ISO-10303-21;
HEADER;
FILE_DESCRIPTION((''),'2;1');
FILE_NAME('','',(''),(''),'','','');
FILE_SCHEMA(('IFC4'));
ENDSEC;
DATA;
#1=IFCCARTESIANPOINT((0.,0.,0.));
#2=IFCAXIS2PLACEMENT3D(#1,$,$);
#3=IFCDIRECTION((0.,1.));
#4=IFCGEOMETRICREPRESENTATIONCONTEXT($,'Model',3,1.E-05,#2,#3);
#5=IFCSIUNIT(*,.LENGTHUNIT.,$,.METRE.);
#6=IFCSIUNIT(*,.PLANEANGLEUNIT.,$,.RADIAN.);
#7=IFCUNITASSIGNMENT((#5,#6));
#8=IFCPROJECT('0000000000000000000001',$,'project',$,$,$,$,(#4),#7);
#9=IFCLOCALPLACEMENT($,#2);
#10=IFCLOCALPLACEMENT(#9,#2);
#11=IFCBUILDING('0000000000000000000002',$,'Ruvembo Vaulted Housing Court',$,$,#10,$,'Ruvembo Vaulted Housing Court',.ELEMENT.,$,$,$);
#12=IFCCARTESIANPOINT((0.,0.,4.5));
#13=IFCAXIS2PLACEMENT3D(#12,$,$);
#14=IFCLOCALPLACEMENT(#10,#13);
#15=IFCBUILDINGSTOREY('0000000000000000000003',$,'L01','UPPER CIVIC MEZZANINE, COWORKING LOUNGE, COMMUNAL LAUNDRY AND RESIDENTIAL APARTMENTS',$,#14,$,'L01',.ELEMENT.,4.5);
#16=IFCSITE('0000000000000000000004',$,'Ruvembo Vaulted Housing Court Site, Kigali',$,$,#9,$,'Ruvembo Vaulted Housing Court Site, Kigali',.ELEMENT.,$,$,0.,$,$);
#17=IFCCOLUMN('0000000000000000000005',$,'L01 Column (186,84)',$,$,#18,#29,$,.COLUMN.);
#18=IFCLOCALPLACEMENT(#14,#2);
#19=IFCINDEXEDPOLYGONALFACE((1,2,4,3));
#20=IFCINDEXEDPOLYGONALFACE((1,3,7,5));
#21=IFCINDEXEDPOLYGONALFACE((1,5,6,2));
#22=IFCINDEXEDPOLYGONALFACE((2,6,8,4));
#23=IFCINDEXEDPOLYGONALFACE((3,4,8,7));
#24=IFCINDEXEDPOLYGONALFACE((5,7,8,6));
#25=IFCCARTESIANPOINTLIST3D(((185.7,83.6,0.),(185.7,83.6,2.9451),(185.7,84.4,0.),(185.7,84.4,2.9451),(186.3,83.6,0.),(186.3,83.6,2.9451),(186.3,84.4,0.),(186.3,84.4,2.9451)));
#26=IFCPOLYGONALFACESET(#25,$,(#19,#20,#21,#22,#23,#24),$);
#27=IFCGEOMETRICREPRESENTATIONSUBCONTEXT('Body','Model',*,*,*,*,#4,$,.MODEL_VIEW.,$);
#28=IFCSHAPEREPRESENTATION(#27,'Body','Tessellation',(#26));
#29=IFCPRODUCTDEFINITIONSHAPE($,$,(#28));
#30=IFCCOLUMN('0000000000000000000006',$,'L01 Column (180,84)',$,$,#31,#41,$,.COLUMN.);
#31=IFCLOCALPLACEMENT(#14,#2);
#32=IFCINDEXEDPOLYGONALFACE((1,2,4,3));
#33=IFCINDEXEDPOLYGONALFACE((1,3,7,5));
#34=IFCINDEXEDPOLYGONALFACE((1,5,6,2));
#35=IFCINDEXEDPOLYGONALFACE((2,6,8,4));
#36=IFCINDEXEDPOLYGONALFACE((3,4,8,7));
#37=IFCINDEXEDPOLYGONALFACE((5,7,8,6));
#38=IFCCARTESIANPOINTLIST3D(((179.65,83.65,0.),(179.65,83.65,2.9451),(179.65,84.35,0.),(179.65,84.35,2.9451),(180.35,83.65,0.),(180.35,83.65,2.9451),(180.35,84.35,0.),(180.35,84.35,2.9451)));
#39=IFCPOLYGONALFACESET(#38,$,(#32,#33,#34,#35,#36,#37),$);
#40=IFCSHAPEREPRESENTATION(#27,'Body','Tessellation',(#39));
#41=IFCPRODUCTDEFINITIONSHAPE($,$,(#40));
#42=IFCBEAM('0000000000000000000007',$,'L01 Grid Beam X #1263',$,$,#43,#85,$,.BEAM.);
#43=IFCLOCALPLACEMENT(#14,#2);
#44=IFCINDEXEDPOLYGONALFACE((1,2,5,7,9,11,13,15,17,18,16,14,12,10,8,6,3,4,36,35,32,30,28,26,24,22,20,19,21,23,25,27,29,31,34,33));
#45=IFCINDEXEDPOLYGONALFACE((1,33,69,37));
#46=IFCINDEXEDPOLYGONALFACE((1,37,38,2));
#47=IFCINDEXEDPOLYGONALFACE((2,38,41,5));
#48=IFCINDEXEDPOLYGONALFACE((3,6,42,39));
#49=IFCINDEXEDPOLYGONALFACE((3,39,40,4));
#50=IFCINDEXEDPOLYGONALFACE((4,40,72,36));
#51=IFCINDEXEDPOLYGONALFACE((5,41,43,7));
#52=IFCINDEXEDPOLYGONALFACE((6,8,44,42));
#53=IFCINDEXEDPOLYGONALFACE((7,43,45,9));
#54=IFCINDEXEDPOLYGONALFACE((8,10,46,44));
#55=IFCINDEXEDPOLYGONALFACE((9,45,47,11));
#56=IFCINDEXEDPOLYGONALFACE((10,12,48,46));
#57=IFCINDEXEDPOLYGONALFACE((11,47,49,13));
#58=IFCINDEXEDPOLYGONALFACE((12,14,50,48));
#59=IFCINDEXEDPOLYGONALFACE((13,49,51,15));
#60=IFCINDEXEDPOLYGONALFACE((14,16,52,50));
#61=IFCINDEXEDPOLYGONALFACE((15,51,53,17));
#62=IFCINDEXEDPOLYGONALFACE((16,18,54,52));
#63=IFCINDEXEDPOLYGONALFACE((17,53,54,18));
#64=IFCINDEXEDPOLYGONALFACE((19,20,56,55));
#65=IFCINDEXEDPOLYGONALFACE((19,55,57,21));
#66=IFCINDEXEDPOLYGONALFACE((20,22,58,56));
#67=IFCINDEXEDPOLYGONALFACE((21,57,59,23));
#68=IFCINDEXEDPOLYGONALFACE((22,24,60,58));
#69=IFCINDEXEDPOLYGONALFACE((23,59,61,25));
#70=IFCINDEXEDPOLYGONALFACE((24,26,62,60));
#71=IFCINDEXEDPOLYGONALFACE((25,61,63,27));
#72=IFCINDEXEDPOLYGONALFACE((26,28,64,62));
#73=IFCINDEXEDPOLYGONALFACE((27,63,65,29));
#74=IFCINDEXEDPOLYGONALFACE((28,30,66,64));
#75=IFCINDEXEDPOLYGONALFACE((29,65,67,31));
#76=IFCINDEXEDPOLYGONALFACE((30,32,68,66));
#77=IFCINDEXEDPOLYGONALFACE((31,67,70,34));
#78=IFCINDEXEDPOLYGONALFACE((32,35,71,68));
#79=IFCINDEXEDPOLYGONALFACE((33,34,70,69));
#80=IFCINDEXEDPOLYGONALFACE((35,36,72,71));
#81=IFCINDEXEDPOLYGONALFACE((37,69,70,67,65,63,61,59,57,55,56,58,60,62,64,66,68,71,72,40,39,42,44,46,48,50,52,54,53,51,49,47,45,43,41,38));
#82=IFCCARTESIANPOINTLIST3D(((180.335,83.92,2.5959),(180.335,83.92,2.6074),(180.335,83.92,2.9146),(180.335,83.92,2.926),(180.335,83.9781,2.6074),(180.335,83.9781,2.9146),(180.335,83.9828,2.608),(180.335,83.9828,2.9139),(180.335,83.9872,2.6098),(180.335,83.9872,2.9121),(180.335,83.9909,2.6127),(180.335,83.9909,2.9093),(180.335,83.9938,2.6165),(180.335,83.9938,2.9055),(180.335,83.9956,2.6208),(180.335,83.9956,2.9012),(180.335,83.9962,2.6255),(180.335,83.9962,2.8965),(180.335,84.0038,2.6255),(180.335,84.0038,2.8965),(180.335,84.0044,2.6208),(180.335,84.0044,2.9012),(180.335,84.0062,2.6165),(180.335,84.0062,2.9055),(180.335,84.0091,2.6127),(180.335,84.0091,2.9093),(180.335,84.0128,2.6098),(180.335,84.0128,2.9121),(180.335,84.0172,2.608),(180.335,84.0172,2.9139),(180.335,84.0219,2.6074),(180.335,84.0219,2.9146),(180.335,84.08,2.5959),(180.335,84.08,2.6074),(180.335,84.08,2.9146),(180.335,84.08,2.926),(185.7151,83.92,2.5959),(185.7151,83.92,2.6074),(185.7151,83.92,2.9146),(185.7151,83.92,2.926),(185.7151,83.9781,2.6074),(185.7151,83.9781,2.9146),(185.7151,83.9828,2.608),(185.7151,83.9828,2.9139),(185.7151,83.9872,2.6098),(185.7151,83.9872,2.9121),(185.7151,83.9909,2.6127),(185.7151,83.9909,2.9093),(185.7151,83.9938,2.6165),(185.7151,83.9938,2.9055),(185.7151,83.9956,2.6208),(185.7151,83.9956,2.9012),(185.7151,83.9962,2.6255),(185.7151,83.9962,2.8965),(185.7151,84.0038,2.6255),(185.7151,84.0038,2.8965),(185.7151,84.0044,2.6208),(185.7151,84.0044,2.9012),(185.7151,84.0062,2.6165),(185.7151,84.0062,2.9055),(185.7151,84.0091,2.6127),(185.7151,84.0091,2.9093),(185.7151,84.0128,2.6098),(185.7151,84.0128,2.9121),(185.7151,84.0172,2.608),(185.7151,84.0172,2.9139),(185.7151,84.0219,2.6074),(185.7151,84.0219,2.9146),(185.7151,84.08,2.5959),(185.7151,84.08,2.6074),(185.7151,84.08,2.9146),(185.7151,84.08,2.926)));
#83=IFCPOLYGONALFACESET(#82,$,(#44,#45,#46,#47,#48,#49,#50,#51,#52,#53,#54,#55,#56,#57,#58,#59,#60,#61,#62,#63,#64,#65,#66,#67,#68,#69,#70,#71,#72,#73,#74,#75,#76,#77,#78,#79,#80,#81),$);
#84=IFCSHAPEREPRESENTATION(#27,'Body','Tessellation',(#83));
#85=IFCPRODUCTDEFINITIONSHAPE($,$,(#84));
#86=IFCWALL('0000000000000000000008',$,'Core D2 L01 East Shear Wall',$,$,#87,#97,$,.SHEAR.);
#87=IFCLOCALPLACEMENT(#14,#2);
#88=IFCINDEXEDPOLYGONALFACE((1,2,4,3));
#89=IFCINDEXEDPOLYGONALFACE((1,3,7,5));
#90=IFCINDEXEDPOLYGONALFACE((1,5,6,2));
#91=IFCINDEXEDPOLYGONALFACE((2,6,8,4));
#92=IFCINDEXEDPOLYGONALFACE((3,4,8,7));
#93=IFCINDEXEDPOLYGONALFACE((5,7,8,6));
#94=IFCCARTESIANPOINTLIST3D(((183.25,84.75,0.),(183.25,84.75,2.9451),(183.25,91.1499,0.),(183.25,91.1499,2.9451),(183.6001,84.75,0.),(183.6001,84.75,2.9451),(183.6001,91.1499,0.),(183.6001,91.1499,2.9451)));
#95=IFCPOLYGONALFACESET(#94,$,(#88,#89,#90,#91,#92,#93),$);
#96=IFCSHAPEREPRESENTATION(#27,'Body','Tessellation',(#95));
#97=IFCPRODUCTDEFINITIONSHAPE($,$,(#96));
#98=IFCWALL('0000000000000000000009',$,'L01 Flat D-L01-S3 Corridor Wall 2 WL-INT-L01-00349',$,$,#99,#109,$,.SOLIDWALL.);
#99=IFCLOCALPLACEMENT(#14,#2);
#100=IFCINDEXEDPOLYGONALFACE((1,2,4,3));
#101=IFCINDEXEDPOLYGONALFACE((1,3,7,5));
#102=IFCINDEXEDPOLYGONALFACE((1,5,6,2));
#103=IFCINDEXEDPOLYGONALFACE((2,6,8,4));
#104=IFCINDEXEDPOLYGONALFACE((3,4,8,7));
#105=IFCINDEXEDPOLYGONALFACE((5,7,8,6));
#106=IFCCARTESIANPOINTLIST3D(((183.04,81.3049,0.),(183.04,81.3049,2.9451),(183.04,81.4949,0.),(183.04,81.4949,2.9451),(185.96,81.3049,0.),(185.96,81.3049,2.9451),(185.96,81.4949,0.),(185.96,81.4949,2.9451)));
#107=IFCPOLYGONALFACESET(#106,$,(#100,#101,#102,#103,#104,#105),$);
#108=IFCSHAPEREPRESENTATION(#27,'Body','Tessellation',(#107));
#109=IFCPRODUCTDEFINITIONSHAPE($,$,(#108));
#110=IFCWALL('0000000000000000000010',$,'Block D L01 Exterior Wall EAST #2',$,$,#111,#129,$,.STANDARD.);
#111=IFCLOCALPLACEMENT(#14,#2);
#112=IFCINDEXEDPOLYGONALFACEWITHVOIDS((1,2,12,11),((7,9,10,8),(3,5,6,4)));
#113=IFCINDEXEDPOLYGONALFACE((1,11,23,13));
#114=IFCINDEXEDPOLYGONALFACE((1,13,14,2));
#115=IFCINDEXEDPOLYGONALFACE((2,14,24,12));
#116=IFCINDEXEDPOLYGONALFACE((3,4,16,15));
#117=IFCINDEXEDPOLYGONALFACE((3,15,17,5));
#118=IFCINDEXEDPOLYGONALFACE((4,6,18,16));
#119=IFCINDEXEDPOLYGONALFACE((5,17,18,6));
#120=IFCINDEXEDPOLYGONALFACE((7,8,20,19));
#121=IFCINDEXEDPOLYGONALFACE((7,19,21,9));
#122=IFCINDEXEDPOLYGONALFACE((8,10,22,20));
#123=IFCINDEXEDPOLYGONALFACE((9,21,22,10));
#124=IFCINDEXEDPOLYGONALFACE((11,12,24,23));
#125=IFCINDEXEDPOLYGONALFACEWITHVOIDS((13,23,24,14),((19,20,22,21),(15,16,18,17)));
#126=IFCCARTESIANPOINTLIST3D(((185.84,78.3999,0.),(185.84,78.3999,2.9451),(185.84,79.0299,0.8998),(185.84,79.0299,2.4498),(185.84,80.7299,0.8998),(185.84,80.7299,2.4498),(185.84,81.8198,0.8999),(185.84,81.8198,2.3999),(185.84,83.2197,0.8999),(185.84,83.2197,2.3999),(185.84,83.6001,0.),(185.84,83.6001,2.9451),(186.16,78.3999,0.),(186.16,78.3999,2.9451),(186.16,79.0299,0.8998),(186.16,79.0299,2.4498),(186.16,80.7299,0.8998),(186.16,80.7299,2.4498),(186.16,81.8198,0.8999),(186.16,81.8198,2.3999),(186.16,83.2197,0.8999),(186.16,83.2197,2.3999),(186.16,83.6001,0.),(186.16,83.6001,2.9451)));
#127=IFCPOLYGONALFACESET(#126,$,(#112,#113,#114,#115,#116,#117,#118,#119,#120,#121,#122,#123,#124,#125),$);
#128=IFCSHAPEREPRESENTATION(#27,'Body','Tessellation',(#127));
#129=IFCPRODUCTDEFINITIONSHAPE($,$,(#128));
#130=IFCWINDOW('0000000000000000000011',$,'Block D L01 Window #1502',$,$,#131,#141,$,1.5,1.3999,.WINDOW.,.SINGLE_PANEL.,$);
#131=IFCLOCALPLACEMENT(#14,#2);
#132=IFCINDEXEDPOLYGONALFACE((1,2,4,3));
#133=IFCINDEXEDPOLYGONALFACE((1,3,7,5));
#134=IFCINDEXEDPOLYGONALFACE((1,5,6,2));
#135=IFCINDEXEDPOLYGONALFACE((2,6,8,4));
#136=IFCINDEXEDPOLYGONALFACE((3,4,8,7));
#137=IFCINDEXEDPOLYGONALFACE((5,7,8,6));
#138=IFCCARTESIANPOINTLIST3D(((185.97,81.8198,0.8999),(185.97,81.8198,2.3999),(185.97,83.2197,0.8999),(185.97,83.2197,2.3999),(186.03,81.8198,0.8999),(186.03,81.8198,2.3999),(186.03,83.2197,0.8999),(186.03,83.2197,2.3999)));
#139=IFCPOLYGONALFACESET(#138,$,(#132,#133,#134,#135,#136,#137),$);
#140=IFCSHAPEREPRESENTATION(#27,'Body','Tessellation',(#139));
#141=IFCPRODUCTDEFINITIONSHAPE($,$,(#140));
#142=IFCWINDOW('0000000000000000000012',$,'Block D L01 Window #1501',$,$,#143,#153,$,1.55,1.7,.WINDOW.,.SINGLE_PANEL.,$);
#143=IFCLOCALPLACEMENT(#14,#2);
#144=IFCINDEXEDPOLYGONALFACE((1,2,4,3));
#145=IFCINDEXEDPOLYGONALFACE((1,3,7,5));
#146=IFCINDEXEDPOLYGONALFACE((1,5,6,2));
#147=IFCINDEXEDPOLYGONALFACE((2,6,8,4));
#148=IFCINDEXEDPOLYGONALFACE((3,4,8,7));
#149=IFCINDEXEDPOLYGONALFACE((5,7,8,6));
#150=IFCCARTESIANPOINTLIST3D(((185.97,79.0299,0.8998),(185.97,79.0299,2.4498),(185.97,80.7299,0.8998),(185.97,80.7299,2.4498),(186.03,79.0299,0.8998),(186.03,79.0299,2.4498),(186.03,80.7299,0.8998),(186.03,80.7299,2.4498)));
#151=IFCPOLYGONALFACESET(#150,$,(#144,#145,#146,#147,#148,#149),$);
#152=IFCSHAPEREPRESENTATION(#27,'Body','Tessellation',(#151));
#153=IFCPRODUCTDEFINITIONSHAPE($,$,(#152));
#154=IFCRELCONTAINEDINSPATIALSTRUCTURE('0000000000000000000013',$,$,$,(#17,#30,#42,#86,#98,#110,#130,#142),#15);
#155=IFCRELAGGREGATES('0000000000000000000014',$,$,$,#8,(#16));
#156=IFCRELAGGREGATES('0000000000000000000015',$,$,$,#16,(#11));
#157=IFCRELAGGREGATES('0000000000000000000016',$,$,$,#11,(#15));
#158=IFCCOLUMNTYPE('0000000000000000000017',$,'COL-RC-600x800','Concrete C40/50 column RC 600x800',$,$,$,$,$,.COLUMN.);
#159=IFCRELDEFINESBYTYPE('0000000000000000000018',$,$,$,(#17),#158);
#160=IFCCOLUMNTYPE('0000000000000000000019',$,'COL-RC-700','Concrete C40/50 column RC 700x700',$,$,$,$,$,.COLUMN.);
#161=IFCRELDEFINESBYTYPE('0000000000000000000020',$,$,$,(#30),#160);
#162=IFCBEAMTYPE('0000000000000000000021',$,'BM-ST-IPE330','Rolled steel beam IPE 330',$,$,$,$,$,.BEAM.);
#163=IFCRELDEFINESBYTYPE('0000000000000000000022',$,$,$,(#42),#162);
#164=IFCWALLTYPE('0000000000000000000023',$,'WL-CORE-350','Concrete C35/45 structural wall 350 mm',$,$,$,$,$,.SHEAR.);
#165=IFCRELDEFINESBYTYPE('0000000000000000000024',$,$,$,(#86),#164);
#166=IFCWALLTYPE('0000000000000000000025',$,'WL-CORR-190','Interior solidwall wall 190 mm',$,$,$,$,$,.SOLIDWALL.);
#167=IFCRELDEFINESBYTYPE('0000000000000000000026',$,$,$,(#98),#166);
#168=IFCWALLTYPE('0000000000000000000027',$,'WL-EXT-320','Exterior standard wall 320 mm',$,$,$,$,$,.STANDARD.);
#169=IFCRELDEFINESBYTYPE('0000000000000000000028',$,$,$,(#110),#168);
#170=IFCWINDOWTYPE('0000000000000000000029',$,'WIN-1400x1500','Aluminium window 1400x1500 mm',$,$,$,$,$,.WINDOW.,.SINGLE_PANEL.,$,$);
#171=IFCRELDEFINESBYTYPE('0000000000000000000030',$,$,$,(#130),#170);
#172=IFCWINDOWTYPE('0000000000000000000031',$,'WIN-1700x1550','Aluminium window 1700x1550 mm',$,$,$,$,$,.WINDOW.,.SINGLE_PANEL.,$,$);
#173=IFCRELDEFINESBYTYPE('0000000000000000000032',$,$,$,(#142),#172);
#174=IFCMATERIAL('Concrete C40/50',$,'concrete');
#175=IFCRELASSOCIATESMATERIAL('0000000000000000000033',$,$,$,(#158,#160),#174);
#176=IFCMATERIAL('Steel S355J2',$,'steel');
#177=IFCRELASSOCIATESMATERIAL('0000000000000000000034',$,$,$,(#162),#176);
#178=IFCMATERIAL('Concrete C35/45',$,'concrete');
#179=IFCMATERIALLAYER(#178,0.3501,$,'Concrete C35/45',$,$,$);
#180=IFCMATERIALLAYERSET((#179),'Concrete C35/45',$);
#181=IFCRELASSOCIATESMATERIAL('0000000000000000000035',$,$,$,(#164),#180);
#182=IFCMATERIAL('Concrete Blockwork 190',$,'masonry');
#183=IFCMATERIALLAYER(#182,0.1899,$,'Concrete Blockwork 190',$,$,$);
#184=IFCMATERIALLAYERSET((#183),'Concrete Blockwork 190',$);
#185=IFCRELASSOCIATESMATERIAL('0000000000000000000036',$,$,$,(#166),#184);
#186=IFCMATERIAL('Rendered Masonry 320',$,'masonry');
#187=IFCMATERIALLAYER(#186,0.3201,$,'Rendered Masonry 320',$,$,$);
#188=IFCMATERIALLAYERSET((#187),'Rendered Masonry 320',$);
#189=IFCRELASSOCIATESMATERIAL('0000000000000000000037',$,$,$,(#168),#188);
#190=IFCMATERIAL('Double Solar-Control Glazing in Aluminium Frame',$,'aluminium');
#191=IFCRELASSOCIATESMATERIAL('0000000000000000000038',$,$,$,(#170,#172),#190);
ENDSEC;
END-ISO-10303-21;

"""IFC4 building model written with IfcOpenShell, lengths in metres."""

from ifc_helpers import new_model, si_unit, direction, frame, frame_2d, origin, origin_2d, place, context, subcontext, project, spatial, rectangle, i_section, extrude, material, layer, layer_set, material_profile, profile_set, type_object, element, fill, save


model = new_model("IFC4")

# Units and contexts
model_context = context("Model", 3, precision=1e-05, world=origin(), true_north=direction((0.0, 1.0)))
body_context = subcontext(model_context, "Body", "Model", "MODEL_VIEW")
ifc_project = project(units=[si_unit("LENGTHUNIT", "METRE"), si_unit("PLANEANGLEUNIT", "RADIAN")], contexts=[model_context])

# Site, building, storey
site_placement = place(None, origin())
site = spatial("IfcSite", under=ifc_project, at=site_placement, Name="Ruvembo Vaulted Housing Court Site, Kigali", LongName="Ruvembo Vaulted Housing Court Site, Kigali", CompositionType="ELEMENT", RefElevation=0.0)
building_placement = place(site_placement, origin())
building = spatial("IfcBuilding", under=site, at=building_placement, Name="Ruvembo Vaulted Housing Court", LongName="Ruvembo Vaulted Housing Court", CompositionType="ELEMENT")
storey_placement = place(building_placement, frame((0.0, 0.0, 4.5)))
storey = spatial("IfcBuildingStorey", under=building, at=storey_placement, Name="L01", Description="UPPER CIVIC MEZZANINE, COWORKING LOUNGE, COMMUNAL LAUNDRY AND RESIDENTIAL APARTMENTS", LongName="L01", CompositionType="ELEMENT", Elevation=4.5)

# Columns
ifc_material_1 = material(Name="Concrete C40/50", Category="concrete")
ifc_material_profile_1 = material_profile(ifc_material_1, rectangle(XDim=0.6001, YDim=0.8, at=origin_2d()), Name="RC 600x800")
ifc_profile_set_1 = profile_set([ifc_material_profile_1], Name="Concrete C40/50")
column_type_1 = type_object("IfcColumnType", Name="COL-RC-600x800", Description="Concrete C40/50 column RC 600x800", PredefinedType="COLUMN", material=ifc_profile_set_1)
column_1_placement = place(storey_placement, frame((186.0, 84.0, 0.0), z_axis=(0.0, 0.0, 1.0), x_axis=(1.0, 0.0, 0.0)))
element("IfcColumn", 1, at=column_1_placement, inside=storey, type_object=column_type_1, Name="L01 Column (186,84)", PredefinedType="COLUMN", context=body_context, shape_type="SweptSolid", body=[
    extrude(rectangle(XDim=0.6001, YDim=0.8, at=origin_2d()), origin(), (0.0, 0.0, 1.0), 2.9451),
])
ifc_material_profile_2 = material_profile(ifc_material_1, rectangle(XDim=0.7, YDim=0.7, at=origin_2d()), Name="RC 700x700")
ifc_profile_set_2 = profile_set([ifc_material_profile_2], Name="Concrete C40/50")
column_type_2 = type_object("IfcColumnType", Name="COL-RC-700", Description="Concrete C40/50 column RC 700x700", PredefinedType="COLUMN", material=ifc_profile_set_2)
column_2_placement = place(storey_placement, frame((180.0, 84.0, 0.0), z_axis=(0.0, 0.0, 1.0), x_axis=(1.0, 0.0, 0.0)))
element("IfcColumn", 2, at=column_2_placement, inside=storey, type_object=column_type_2, Name="L01 Column (180,84)", PredefinedType="COLUMN", context=body_context, shape_type="SweptSolid", body=[
    extrude(rectangle(XDim=0.7, YDim=0.7, at=origin_2d()), origin(), (0.0, 0.0, 1.0), 2.9451),
])

# Beam
ifc_material_2 = material(Name="Steel S355J2", Category="steel")
ifc_material_profile_3 = material_profile(ifc_material_2, i_section(OverallWidth=0.1599, OverallDepth=0.3301, WebThickness=0.0076, FlangeThickness=0.0115, FilletRadius=0.0181, at=origin_2d()), Name="IPE 330")
ifc_profile_set_3 = profile_set([ifc_material_profile_3], Name="Steel S355J2")
beam_type = type_object("IfcBeamType", Name="BM-ST-IPE330", Description="Rolled steel beam IPE 330", PredefinedType="BEAM", material=ifc_profile_set_3)
beam_placement = place(storey_placement, frame((180.335, 84.0, 2.761), z_axis=(1.0, 0.0, 0.0), x_axis=(0.0, 1.0, 0.0)))
element("IfcBeam", 3, at=beam_placement, inside=storey, type_object=beam_type, Name="L01 Grid Beam X #1263", PredefinedType="BEAM", context=body_context, shape_type="SweptSolid", body=[
    extrude(i_section(OverallWidth=0.1599, OverallDepth=0.3301, WebThickness=0.0076, FlangeThickness=0.0115, FilletRadius=0.0181, at=origin_2d()), origin(), (0.0, 0.0, 1.0), 5.3801),
])

# Shared definitions
ifc_material_3 = material(Name="Concrete C35/45", Category="concrete")

# Wall
ifc_layer_1 = layer(ifc_material_3, 0.3501, Name="Concrete C35/45")
ifc_layer_set_1 = layer_set([ifc_layer_1], Name="Concrete C35/45")
wall_type_1 = type_object("IfcWallType", Name="WL-CORE-350", Description="Concrete C35/45 structural wall 350 mm", PredefinedType="SHEAR", material=ifc_layer_set_1)
wall_1_placement = place(storey_placement, frame((183.425, 84.75, 0.0), z_axis=(0.0, 0.0, 1.0), x_axis=(0.0, 1.0, 0.0)))
element("IfcWall", 4, at=wall_1_placement, inside=storey, type_object=wall_type_1, Name="Core D2 L01 East Shear Wall", PredefinedType="SHEAR", context=body_context, shape_type="SweptSolid", body=[
    extrude(rectangle(XDim=6.3999, YDim=0.3501, at=frame_2d((3.2, 0.0))), origin(), (0.0, 0.0, 1.0), 2.9451),
])

# Shared definitions
ifc_material_4 = material(Name="Concrete Blockwork 190", Category="masonry")
ifc_layer_2 = layer(ifc_material_4, 0.1899, Name="Concrete Blockwork 190")
ifc_layer_set_2 = layer_set([ifc_layer_2], Name="Concrete Blockwork 190")
wall_type_2 = type_object("IfcWallType", Name="WL-CORR-190", Description="Interior solidwall wall 190 mm", PredefinedType="SOLIDWALL", material=ifc_layer_set_2)

# Wall
wall_2_placement = place(storey_placement, frame((183.04, 81.3999, 0.0), z_axis=(0.0, 0.0, 1.0), x_axis=(1.0, 0.0, 0.0)))
element("IfcWall", 5, at=wall_2_placement, inside=storey, type_object=wall_type_2, Name="L01 Flat D-L01-S3 Corridor Wall 2 WL-INT-L01-00349", PredefinedType="SOLIDWALL", context=body_context, shape_type="SweptSolid", body=[
    extrude(rectangle(XDim=2.9199, YDim=0.1899, at=frame_2d((1.46, 0.0))), origin(), (0.0, 0.0, 1.0), 2.9451),
])

# Wall, openings, windows
ifc_material_5 = material(Name="Rendered Masonry 320", Category="masonry")
ifc_layer_3 = layer(ifc_material_5, 0.3201, Name="Rendered Masonry 320")
ifc_layer_set_3 = layer_set([ifc_layer_3], Name="Rendered Masonry 320")
wall_type_3 = type_object("IfcWallType", Name="WL-EXT-320", Description="Exterior standard wall 320 mm", PredefinedType="STANDARD", material=ifc_layer_set_3)
wall_3_placement = place(storey_placement, frame((186.0, 78.3999, 0.0), z_axis=(0.0, 0.0, 1.0), x_axis=(0.0, 1.0, 0.0)))
wall_3 = element("IfcWall", 6, at=wall_3_placement, inside=storey, type_object=wall_type_3, Name="Block D L01 Exterior Wall EAST #2", PredefinedType="STANDARD", context=body_context, shape_type="SweptSolid", body=[
    extrude(rectangle(XDim=5.2002, YDim=0.3201, at=frame_2d((2.6001, 0.0))), origin(), (0.0, 0.0, 1.0), 2.9451),
])
opening_1_placement = place(wall_3_placement, frame((0.6299, 0.0, 0.8999)))
opening_1 = element("IfcOpeningElement", 7, at=opening_1_placement, cuts=wall_3, PredefinedType="OPENING", context=body_context, shape_type="SweptSolid", body=[
    extrude(rectangle(XDim=1.7, YDim=1.55, at=frame_2d((0.8501, 0.7749))), frame((0.0, 0.1699, 0.0), z_axis=(0.0, -1.0, 0.0), x_axis=(1.0, 0.0, 0.0)), (0.0, 0.0, 1.0), 0.3401),
])
opening_2_placement = place(wall_3_placement, frame((3.4199, 0.0, 0.8999)))
opening_2 = element("IfcOpeningElement", 8, at=opening_2_placement, cuts=wall_3, PredefinedType="OPENING", context=body_context, shape_type="SweptSolid", body=[
    extrude(rectangle(XDim=1.3999, YDim=1.5, at=frame_2d((0.7, 0.75))), frame((0.0, 0.1699, 0.0), z_axis=(0.0, -1.0, 0.0), x_axis=(1.0, 0.0, 0.0)), (0.0, 0.0, 1.0), 0.3401),
])
ifc_material_6 = material(Name="Double Solar-Control Glazing in Aluminium Frame", Category="aluminium")
window_type_1 = type_object("IfcWindowType", Name="WIN-1400x1500", Description="Aluminium window 1400x1500 mm", PartitioningType="SINGLE_PANEL", PredefinedType="WINDOW", material=ifc_material_6)
window_1_placement = place(opening_2_placement, origin())
window_1 = element("IfcWindow", 9, at=window_1_placement, inside=storey, type_object=window_type_1, Name="Block D L01 Window #1502", OverallHeight=1.5, OverallWidth=1.3999, PartitioningType="SINGLE_PANEL", PredefinedType="WINDOW", context=body_context, shape_type="SweptSolid", body=[
    extrude(rectangle(XDim=1.3999, YDim=1.5, at=frame_2d((0.7, 0.75))), frame((0.0, 0.03, 0.0), z_axis=(0.0, -1.0, 0.0), x_axis=(1.0, 0.0, 0.0)), (0.0, 0.0, 1.0), 0.0601),
])
fill(opening_2, window_1)
window_type_2 = type_object("IfcWindowType", Name="WIN-1700x1550", Description="Aluminium window 1700x1550 mm", PartitioningType="SINGLE_PANEL", PredefinedType="WINDOW", material=ifc_material_6)
window_2_placement = place(opening_1_placement, origin())
window_2 = element("IfcWindow", 10, at=window_2_placement, inside=storey, type_object=window_type_2, Name="Block D L01 Window #1501", OverallHeight=1.55, OverallWidth=1.7, PartitioningType="SINGLE_PANEL", PredefinedType="WINDOW", context=body_context, shape_type="SweptSolid", body=[
    extrude(rectangle(XDim=1.7, YDim=1.55, at=frame_2d((0.8501, 0.7749))), frame((0.0, 0.03, 0.0), z_axis=(0.0, -1.0, 0.0), x_axis=(1.0, 0.0, 0.0)), (0.0, 0.0, 1.0), 0.0601),
])
fill(opening_1, window_2)

save(model, "model.ifc")
